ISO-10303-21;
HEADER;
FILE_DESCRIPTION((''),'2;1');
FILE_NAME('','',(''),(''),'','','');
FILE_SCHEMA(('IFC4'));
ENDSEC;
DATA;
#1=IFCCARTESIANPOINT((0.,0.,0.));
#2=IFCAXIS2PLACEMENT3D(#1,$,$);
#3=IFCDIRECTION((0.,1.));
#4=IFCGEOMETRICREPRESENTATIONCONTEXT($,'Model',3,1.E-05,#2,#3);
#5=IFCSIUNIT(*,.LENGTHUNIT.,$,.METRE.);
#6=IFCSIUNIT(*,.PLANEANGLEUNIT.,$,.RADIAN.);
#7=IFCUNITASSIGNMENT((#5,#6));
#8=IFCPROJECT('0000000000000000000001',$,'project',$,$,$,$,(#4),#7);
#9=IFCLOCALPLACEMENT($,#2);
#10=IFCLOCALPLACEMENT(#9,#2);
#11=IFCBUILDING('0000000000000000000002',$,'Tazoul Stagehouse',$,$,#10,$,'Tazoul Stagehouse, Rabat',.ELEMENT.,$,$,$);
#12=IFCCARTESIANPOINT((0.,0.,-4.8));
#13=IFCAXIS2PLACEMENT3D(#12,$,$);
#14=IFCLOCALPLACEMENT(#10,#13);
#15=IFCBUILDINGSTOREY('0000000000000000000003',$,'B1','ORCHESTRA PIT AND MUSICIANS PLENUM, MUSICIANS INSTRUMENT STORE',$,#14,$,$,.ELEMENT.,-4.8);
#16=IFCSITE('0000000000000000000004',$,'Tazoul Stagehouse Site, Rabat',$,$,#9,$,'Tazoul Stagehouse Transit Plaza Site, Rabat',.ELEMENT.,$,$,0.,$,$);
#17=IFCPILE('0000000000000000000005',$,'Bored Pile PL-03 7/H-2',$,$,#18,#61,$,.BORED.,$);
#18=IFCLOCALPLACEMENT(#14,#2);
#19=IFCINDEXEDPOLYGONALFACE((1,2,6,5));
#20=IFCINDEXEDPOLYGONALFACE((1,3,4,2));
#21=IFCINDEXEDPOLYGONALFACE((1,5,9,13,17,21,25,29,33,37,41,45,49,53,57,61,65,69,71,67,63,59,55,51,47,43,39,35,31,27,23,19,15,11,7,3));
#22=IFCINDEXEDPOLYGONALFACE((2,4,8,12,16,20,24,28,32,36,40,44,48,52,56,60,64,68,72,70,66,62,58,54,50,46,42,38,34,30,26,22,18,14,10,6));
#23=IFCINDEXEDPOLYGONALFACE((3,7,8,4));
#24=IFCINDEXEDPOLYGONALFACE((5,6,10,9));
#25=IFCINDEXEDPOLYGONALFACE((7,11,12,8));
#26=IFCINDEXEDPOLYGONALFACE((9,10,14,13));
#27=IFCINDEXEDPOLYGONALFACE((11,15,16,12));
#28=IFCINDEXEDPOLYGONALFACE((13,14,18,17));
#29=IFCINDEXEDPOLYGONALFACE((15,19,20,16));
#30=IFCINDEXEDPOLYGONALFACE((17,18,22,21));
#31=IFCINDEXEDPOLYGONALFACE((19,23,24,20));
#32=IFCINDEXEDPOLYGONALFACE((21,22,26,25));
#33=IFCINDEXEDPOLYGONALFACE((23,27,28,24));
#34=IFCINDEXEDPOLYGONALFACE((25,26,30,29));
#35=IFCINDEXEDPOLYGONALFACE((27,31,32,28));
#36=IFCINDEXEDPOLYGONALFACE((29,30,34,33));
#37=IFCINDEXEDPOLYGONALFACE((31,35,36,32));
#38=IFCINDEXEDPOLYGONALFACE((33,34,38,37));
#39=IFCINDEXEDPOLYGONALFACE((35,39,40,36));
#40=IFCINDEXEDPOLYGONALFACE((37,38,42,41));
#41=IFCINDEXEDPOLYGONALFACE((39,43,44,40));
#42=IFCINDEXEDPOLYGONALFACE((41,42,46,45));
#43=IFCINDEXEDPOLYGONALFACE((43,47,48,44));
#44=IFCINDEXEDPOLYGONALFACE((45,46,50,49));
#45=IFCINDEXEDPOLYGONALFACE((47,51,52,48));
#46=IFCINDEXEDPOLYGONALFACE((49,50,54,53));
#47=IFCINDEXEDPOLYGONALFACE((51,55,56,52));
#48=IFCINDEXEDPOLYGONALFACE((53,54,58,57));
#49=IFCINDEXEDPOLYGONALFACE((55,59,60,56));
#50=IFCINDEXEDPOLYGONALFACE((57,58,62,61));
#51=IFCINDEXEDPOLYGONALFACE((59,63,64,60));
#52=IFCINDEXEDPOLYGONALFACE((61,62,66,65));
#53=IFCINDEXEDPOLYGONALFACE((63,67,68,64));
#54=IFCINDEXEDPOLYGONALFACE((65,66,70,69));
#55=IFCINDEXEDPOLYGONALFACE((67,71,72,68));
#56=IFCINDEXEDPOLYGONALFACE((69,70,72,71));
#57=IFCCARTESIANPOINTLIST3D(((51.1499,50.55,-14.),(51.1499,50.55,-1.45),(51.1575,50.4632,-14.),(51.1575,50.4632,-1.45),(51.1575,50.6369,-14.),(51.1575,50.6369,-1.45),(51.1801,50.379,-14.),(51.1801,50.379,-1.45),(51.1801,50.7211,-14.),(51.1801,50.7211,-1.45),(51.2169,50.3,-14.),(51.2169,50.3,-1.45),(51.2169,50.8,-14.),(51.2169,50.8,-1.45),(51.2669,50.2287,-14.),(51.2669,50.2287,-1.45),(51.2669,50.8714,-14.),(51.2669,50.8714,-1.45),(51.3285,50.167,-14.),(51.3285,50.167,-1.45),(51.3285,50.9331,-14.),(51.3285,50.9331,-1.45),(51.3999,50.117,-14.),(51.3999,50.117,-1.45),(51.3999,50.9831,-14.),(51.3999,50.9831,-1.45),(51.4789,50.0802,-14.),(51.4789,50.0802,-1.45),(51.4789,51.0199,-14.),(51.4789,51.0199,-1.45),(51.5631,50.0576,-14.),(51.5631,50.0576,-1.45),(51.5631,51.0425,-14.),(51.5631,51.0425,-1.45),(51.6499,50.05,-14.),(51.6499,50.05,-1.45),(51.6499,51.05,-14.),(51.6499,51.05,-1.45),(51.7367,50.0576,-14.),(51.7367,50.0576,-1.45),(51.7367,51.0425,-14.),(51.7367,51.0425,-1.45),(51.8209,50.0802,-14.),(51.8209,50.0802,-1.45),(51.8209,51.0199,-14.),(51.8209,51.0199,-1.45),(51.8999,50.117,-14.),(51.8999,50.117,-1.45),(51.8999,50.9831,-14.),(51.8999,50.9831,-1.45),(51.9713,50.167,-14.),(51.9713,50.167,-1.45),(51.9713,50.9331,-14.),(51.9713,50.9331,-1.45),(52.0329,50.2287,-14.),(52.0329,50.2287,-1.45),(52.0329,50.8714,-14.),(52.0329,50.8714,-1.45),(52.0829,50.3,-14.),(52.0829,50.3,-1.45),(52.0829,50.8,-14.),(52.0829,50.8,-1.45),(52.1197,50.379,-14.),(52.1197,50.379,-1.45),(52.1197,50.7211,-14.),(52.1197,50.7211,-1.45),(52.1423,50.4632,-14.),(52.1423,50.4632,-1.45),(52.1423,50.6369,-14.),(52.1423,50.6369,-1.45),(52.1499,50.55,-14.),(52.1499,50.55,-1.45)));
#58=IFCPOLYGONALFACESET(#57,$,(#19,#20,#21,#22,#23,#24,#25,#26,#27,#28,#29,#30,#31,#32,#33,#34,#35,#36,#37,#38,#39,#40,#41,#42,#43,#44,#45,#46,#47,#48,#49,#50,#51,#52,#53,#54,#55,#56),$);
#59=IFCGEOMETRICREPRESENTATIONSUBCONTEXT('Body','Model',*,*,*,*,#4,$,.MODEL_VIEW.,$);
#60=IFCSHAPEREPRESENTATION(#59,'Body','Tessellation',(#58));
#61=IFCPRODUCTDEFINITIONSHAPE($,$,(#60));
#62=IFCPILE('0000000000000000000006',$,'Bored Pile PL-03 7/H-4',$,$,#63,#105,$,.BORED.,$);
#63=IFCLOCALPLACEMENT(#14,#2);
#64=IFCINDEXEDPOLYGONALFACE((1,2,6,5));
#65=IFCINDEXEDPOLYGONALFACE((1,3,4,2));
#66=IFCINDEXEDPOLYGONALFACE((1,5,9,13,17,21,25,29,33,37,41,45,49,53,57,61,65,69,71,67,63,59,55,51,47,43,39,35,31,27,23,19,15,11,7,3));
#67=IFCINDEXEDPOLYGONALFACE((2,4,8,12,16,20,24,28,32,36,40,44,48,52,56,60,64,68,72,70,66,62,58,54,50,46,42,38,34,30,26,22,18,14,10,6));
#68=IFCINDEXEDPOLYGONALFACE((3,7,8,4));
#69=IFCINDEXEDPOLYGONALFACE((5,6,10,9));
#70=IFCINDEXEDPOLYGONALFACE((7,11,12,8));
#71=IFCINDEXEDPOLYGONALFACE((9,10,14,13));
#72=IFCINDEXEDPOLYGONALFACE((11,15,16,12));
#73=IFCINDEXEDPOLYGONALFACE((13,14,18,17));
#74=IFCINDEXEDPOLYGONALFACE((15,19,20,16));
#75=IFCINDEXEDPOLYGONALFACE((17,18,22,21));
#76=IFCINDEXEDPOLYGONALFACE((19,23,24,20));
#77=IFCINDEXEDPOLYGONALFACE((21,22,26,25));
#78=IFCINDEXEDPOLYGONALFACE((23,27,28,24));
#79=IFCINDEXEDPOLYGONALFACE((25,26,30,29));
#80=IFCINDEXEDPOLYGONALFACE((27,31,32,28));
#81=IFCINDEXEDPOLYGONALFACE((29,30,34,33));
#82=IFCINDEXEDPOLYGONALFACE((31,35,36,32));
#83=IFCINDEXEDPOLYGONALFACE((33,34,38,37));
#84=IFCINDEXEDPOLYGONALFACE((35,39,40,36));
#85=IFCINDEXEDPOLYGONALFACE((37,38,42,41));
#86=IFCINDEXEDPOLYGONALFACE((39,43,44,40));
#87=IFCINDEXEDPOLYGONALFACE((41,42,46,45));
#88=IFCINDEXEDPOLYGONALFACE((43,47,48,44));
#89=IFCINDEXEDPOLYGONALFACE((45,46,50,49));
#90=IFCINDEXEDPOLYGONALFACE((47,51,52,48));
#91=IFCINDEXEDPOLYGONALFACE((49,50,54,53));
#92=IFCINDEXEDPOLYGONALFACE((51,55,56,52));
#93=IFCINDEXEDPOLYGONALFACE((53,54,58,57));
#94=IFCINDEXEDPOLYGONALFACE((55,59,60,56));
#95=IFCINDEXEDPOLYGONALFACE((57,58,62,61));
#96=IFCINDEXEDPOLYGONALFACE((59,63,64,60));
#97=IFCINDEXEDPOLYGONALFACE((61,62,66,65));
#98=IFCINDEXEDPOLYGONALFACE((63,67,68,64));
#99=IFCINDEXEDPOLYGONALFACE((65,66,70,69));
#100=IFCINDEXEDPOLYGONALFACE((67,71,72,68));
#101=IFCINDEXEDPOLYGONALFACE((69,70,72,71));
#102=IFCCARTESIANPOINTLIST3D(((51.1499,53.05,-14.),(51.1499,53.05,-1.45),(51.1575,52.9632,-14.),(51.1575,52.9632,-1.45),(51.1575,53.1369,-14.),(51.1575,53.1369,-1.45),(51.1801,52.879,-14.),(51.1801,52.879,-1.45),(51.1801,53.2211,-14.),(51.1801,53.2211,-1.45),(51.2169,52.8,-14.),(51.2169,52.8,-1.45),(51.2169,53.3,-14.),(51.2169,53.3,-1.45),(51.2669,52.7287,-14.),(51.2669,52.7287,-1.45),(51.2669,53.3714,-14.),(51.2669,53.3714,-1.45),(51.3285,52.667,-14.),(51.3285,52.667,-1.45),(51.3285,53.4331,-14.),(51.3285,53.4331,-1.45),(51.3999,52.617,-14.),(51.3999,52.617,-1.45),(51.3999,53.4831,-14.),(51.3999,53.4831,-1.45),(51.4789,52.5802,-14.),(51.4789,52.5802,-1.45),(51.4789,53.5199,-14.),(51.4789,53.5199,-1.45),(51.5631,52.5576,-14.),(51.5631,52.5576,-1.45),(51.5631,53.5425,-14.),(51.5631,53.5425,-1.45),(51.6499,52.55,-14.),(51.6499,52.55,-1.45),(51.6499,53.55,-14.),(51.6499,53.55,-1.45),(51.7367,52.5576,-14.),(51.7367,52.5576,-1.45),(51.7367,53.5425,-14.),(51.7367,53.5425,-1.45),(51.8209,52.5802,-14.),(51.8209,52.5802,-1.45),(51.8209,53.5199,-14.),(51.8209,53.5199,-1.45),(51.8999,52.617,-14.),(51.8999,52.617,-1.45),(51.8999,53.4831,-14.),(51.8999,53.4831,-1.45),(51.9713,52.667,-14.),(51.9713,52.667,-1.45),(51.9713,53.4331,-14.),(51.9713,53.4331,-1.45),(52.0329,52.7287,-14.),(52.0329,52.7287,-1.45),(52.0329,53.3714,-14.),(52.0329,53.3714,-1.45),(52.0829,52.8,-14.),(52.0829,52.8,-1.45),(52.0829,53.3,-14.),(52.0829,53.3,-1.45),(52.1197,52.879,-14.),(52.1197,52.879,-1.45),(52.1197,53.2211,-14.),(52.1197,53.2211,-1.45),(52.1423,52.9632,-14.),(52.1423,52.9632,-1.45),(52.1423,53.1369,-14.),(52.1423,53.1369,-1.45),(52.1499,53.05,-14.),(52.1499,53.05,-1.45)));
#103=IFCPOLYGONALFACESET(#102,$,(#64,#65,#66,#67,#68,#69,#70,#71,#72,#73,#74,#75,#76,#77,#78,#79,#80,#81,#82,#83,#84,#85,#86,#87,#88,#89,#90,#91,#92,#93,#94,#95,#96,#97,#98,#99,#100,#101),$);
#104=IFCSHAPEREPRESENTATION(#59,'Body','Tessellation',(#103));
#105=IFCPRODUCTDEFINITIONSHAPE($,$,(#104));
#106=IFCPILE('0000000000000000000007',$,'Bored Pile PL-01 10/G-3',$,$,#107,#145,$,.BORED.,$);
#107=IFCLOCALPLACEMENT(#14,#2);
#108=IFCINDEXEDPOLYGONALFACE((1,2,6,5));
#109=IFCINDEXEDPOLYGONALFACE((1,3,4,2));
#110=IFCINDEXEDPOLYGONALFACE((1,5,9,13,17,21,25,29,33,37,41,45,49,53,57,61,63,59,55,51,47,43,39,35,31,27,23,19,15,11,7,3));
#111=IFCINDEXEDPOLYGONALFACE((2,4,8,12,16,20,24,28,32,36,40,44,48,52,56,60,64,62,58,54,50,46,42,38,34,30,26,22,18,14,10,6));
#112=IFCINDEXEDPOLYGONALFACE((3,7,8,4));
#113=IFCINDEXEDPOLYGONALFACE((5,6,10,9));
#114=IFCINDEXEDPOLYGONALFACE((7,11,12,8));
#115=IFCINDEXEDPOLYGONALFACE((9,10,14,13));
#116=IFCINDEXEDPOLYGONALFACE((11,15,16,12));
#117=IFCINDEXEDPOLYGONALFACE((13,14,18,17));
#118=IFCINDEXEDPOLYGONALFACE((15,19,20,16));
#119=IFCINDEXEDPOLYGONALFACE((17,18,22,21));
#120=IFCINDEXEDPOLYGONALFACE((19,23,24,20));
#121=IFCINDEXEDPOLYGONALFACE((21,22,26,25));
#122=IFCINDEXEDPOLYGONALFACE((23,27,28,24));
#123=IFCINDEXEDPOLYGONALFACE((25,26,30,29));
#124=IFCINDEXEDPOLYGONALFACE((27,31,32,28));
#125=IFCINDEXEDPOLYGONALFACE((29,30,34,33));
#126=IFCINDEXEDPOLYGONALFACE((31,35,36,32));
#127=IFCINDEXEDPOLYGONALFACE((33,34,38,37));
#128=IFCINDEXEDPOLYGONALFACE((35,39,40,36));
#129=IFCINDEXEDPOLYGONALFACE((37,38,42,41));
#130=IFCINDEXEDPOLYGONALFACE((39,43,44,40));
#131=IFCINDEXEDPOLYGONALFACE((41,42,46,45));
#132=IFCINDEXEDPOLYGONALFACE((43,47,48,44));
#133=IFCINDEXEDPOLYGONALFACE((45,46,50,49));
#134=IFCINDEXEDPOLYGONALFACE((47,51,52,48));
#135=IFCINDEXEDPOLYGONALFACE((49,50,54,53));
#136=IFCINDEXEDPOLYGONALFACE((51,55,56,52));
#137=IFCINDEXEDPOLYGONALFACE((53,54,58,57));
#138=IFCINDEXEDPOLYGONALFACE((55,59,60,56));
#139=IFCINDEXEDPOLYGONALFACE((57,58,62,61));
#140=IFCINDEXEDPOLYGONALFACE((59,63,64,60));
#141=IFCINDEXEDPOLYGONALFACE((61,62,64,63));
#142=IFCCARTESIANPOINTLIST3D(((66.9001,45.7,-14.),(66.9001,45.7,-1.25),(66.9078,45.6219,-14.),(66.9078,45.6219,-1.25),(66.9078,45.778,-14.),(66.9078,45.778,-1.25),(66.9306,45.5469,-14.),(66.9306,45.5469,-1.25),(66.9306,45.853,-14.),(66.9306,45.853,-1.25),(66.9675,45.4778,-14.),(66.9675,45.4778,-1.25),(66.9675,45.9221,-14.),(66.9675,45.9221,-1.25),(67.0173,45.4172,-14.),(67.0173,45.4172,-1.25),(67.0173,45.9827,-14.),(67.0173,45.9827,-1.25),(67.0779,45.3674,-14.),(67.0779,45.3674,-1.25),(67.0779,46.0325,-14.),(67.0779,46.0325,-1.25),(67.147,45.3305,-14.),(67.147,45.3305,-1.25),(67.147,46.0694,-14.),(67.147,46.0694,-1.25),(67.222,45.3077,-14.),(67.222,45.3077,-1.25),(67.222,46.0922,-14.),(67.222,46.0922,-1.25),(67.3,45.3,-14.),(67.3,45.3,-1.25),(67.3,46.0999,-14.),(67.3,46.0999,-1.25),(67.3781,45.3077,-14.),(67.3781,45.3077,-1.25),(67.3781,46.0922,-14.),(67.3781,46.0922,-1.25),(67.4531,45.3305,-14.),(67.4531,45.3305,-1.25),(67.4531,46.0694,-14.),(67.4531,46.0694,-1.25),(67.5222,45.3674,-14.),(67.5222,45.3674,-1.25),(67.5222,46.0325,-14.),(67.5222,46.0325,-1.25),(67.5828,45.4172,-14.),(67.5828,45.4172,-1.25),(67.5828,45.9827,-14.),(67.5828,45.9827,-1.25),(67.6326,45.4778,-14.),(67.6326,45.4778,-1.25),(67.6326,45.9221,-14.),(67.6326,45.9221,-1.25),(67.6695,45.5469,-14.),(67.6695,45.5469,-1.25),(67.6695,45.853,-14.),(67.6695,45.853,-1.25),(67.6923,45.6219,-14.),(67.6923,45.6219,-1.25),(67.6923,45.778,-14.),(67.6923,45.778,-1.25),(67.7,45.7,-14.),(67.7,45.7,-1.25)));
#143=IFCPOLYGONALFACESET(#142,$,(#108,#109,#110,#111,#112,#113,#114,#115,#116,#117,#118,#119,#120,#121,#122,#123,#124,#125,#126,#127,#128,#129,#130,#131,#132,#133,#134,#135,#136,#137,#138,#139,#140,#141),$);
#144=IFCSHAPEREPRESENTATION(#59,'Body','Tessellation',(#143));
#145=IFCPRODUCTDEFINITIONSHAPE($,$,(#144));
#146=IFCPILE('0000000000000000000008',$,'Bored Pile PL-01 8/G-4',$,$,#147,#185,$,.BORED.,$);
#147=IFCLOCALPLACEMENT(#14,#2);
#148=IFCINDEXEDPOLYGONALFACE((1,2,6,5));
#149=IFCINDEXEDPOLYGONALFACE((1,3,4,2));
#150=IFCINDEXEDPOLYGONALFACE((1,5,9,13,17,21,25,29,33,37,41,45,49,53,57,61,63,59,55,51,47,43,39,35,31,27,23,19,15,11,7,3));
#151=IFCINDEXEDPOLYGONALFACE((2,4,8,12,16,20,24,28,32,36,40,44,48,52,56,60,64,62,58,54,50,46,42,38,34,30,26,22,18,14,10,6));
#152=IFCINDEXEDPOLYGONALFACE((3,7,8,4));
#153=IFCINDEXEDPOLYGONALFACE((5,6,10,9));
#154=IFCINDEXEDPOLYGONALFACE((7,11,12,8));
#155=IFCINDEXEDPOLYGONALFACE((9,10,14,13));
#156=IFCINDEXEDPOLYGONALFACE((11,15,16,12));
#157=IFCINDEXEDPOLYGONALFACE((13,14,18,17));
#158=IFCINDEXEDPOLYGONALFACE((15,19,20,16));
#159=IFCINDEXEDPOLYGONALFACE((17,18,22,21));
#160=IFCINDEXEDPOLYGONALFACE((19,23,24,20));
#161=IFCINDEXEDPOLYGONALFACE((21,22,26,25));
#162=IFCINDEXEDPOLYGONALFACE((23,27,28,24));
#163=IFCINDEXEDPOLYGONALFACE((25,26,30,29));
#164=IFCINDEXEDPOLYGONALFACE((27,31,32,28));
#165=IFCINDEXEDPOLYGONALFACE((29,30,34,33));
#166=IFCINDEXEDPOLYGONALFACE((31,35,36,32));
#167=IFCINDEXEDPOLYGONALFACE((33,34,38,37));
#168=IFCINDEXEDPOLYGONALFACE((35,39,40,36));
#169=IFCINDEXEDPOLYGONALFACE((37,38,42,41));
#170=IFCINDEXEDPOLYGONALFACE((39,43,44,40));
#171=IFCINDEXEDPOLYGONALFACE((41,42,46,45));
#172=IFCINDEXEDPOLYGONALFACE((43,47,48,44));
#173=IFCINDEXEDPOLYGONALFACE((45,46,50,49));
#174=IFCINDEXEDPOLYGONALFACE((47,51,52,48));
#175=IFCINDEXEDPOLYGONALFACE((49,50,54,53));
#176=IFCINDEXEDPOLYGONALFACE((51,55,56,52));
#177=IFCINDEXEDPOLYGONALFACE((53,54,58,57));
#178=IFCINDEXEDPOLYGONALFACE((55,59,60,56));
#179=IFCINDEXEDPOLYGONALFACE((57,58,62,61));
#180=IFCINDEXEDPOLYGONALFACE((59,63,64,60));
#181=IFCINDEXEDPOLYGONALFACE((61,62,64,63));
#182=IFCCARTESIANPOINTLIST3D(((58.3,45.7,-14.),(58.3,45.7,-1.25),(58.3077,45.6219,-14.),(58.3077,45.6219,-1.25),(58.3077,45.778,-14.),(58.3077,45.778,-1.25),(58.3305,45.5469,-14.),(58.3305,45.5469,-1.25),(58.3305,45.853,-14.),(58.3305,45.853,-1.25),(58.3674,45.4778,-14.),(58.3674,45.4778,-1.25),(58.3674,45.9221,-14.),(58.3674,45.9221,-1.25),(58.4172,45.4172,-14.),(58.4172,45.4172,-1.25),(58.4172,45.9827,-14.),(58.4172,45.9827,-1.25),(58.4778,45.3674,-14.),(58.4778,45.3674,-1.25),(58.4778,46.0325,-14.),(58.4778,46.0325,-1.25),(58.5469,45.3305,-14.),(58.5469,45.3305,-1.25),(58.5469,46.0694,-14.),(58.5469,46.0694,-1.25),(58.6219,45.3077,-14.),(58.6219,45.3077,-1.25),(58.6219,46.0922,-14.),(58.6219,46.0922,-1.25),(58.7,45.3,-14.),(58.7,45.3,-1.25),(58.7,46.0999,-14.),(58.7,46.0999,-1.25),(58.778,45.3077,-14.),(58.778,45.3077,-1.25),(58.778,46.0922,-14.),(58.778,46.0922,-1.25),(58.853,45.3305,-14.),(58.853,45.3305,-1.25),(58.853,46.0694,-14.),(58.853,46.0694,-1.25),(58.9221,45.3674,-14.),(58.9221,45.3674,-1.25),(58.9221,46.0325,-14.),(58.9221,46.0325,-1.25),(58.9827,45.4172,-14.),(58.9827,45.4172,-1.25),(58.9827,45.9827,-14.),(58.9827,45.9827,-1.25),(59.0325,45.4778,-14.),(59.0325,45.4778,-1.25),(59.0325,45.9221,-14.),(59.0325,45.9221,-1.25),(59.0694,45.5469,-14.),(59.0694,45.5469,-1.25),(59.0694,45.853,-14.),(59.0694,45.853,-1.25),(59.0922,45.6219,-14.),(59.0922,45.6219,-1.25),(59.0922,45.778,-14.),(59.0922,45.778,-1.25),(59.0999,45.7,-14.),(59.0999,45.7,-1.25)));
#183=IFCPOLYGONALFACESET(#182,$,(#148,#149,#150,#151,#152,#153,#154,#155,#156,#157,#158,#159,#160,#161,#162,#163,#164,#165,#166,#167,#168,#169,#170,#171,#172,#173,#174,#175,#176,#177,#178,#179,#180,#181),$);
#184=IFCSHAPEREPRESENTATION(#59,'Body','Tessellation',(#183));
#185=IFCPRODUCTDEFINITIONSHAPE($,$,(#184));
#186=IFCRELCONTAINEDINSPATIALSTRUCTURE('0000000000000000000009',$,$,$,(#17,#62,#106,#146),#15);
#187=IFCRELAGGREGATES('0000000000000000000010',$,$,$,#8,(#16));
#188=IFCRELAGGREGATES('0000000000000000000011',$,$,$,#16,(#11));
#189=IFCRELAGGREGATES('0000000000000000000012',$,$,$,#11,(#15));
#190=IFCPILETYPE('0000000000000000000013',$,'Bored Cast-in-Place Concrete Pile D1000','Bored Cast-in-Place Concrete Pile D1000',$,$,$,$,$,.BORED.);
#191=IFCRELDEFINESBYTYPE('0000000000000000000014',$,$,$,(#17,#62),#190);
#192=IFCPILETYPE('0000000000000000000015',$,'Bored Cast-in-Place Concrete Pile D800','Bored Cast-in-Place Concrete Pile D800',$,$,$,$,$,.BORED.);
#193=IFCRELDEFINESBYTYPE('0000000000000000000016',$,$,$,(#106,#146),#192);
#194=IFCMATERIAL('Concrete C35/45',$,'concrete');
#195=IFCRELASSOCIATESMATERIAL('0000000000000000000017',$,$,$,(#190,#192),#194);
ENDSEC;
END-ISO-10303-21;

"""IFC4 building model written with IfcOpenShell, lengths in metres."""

from ifc_helpers import new_model, si_unit, direction, frame, origin, origin_2d, place, context, subcontext, project, spatial, circle, extrude, material, material_profile, profile_set, type_object, element, save


model = new_model("IFC4")

# Units and contexts
model_context = context("Model", 3, precision=1e-05, world=origin(), true_north=direction((0.0, 1.0)))
body_context = subcontext(model_context, "Body", "Model", "MODEL_VIEW")
ifc_project = project(units=[si_unit("LENGTHUNIT", "METRE"), si_unit("PLANEANGLEUNIT", "RADIAN")], contexts=[model_context])

# Site, building, storey
site_placement = place(None, origin())
site = spatial("IfcSite", under=ifc_project, at=site_placement, Name="Tazoul Stagehouse Site, Rabat", LongName="Tazoul Stagehouse Transit Plaza Site, Rabat", CompositionType="ELEMENT", RefElevation=0.0)
building_placement = place(site_placement, origin())
building = spatial("IfcBuilding", under=site, at=building_placement, Name="Tazoul Stagehouse", LongName="Tazoul Stagehouse, Rabat", CompositionType="ELEMENT")
storey_placement = place(building_placement, frame((0.0, 0.0, -4.8)))
storey = spatial("IfcBuildingStorey", under=building, at=storey_placement, Name="B1", Description="ORCHESTRA PIT AND MUSICIANS PLENUM, MUSICIANS INSTRUMENT STORE", CompositionType="ELEMENT", Elevation=-4.8)

# Piles
ifc_material_1 = material(Name="Concrete C35/45", Category="concrete")
ifc_material_profile_1 = material_profile(ifc_material_1, circle(Radius=0.5, at=origin_2d()), Name="BORED PILE 1000")
ifc_profile_set_1 = profile_set([ifc_material_profile_1], Name="Concrete C35/45")
pile_type_1 = type_object("IfcPileType", Name="Bored Cast-in-Place Concrete Pile D1000", Description="Bored Cast-in-Place Concrete Pile D1000", PredefinedType="BORED", material=ifc_profile_set_1)
for number, where, z_axis, x_axis, name in (
    (1, (51.6499, 50.55, -1.45), (0.0, 0.0, -1.0), (1.0, 0.0, 0.0), "Bored Pile PL-03 7/H-2"),
    (2, (51.6499, 53.05, -1.45), (0.0, 0.0, -1.0), (1.0, 0.0, 0.0), "Bored Pile PL-03 7/H-4"),
):
    element("IfcPile", number, at=place(storey_placement, frame(where, z_axis=z_axis, x_axis=x_axis)), inside=storey, type_object=pile_type_1, Name=name, PredefinedType="BORED", context=body_context, shape_type="SweptSolid", body=[
        extrude(circle(Radius=0.5, at=origin_2d()), origin(), (0.0, 0.0, 1.0), 12.55),
    ])
ifc_material_profile_2 = material_profile(ifc_material_1, circle(Radius=0.3999, at=origin_2d()), Name="BORED PILE 800")
ifc_profile_set_2 = profile_set([ifc_material_profile_2], Name="Concrete C35/45")
pile_type_2 = type_object("IfcPileType", Name="Bored Cast-in-Place Concrete Pile D800", Description="Bored Cast-in-Place Concrete Pile D800", PredefinedType="BORED", material=ifc_profile_set_2)
for number, where, z_axis, x_axis, name in (
    (3, (67.3, 45.7, -1.25), (0.0, 0.0, -1.0), (1.0, 0.0, 0.0), "Bored Pile PL-01 10/G-3"),
    (4, (58.7, 45.7, -1.25), (0.0, 0.0, -1.0), (1.0, 0.0, 0.0), "Bored Pile PL-01 8/G-4"),
):
    element("IfcPile", number, at=place(storey_placement, frame(where, z_axis=z_axis, x_axis=x_axis)), inside=storey, type_object=pile_type_2, Name=name, PredefinedType="BORED", context=body_context, shape_type="SweptSolid", body=[
        extrude(circle(Radius=0.3999, at=origin_2d()), origin(), (0.0, 0.0, 1.0), 12.75),
    ])

save(model, "model.ifc")
